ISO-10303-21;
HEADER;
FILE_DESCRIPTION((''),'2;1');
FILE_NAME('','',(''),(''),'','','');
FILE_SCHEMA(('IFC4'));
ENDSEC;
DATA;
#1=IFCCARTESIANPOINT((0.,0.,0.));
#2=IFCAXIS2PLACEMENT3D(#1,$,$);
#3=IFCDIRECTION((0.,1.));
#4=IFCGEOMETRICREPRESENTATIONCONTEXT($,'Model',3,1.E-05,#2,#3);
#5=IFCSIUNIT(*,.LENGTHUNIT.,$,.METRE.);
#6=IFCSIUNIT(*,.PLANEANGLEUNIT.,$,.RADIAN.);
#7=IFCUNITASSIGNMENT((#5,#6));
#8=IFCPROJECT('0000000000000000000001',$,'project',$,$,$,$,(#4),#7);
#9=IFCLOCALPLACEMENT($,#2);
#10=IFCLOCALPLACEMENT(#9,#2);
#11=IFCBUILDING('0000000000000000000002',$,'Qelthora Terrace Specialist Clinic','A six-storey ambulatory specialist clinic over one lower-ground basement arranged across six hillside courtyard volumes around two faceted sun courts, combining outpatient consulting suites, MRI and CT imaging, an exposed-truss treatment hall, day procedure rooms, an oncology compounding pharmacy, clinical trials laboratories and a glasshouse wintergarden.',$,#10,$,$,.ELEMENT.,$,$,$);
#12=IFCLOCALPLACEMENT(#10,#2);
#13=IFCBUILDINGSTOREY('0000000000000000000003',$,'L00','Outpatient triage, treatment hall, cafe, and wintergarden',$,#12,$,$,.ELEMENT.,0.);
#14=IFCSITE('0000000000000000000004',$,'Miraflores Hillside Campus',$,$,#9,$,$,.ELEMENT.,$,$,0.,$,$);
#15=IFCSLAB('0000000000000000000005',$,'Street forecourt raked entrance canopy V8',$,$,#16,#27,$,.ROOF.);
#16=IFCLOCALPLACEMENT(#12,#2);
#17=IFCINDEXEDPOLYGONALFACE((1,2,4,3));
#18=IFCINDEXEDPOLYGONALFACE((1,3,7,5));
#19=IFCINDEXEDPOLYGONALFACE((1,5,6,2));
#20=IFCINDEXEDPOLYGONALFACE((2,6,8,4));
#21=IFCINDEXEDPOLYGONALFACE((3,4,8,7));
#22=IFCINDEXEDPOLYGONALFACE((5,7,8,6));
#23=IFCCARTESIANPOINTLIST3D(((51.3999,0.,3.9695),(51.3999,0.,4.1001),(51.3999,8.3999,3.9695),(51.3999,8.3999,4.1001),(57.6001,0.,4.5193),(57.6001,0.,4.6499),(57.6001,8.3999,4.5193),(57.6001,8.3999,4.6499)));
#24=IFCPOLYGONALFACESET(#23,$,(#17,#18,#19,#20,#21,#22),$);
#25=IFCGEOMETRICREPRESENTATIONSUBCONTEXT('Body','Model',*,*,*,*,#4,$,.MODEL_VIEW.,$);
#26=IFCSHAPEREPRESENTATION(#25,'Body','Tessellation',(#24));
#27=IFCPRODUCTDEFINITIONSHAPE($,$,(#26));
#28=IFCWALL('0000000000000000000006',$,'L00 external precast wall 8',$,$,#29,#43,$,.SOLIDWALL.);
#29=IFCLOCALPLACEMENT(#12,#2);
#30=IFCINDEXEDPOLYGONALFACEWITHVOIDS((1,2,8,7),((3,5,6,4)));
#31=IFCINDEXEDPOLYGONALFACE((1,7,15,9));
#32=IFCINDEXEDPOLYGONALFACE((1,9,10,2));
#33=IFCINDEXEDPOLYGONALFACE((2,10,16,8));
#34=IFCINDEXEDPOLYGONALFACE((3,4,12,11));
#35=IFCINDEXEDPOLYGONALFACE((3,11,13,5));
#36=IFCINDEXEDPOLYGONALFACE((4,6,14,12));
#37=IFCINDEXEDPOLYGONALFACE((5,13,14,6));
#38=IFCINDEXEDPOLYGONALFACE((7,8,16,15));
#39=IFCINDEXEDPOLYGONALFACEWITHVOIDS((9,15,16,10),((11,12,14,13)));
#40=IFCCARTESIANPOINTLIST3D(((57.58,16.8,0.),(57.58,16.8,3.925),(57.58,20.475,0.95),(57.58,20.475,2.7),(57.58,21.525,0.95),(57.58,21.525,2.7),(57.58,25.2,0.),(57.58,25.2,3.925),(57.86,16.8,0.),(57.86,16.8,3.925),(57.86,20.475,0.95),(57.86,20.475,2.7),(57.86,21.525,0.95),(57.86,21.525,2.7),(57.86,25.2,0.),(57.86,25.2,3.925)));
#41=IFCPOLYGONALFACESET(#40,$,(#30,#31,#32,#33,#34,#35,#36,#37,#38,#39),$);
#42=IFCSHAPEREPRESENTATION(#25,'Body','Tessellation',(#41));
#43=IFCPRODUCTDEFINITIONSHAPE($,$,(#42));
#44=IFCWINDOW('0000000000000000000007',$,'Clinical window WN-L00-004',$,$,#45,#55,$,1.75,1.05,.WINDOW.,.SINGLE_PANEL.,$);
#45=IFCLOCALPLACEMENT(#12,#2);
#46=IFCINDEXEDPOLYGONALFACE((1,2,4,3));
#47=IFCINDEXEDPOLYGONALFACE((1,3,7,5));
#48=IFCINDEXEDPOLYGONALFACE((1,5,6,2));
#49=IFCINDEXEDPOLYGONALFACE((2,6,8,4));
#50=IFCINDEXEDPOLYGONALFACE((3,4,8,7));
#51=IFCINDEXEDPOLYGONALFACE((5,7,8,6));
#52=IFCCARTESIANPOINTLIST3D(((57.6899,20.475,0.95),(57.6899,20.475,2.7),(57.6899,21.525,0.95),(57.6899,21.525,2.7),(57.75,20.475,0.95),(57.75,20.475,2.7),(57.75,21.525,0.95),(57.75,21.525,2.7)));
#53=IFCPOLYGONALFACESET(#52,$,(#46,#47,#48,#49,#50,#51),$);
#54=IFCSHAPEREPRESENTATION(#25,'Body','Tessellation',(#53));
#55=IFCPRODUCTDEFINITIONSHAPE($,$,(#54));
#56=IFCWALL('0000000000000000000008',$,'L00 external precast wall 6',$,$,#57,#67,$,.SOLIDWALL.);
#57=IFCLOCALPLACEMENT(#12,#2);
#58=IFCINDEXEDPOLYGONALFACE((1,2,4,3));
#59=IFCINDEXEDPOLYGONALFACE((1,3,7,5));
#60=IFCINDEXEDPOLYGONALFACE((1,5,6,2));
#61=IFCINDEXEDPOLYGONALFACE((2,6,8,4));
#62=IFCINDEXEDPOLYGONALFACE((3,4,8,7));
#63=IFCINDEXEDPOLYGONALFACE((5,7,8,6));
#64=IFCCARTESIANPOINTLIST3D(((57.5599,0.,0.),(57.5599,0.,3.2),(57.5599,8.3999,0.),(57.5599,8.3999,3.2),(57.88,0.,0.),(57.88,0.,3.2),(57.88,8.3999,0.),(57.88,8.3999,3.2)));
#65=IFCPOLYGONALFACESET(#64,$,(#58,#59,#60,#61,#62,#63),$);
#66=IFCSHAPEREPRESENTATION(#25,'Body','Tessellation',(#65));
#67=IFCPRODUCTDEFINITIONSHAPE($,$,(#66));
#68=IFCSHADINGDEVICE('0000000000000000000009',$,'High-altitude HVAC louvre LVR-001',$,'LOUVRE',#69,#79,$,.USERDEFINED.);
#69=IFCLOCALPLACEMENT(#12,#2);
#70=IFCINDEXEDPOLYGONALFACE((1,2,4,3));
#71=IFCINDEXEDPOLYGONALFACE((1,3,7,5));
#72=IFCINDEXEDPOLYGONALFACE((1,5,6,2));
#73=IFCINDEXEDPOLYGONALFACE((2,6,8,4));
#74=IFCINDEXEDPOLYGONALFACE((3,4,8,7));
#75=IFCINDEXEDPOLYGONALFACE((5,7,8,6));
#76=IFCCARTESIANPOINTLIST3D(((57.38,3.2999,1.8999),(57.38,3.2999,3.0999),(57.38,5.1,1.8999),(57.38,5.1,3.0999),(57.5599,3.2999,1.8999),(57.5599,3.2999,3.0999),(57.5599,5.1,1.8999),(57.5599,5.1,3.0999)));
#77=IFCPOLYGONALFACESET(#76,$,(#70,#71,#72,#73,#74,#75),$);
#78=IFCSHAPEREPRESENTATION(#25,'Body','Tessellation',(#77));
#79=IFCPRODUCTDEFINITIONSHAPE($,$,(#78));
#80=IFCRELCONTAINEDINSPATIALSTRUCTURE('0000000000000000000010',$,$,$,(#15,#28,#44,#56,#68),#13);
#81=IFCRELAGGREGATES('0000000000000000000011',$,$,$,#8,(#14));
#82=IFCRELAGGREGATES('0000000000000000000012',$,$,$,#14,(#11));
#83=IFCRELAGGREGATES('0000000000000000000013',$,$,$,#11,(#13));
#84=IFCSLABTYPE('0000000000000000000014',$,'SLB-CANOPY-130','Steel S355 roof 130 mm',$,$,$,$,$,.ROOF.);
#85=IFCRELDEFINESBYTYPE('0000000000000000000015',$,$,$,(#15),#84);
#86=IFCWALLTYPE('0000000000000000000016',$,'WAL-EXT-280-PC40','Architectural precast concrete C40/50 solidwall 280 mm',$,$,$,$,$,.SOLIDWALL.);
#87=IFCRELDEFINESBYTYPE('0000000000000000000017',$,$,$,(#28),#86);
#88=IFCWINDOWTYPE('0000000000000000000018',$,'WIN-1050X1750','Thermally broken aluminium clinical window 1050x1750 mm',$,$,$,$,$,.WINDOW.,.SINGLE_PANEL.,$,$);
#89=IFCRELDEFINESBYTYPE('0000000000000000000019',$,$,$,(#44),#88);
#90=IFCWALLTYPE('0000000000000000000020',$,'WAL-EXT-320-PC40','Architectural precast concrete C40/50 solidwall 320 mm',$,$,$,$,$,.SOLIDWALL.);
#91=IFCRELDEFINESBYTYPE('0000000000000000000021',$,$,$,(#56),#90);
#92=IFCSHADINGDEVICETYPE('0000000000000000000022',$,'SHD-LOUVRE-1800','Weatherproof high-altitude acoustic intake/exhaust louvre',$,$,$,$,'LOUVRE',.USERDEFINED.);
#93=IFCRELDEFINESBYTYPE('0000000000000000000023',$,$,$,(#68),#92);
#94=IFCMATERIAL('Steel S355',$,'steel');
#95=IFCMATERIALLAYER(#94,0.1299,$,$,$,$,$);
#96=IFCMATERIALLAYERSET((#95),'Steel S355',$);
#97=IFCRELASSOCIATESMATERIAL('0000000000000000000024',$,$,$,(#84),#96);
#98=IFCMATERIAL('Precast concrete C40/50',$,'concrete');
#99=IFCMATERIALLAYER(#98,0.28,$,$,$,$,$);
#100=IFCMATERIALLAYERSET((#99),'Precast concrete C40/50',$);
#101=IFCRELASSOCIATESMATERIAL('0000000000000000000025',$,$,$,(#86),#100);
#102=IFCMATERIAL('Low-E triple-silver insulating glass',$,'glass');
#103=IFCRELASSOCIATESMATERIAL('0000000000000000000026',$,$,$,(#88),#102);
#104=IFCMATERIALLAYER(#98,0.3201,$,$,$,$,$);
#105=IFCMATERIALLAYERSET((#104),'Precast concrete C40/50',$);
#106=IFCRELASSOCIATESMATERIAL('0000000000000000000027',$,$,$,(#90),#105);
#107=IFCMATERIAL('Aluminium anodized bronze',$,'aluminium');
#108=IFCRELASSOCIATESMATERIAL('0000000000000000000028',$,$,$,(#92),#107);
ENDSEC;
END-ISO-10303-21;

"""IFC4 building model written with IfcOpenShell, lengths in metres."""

from ifc_helpers import new_model, si_unit, direction, frame, frame_2d, origin, origin_2d, place, context, subcontext, project, spatial, polyline, rectangle, outline, extrude, material, layer, layer_set, type_object, element, fill, save


model = new_model("IFC4")

# Units and contexts
model_context = context("Model", 3, precision=1e-05, world=origin(), true_north=direction((0.0, 1.0)))
body_context = subcontext(model_context, "Body", "Model", "MODEL_VIEW")
ifc_project = project(units=[si_unit("LENGTHUNIT", "METRE"), si_unit("PLANEANGLEUNIT", "RADIAN")], contexts=[model_context])

# Site, building, storey
site_placement = place(None, origin())
site = spatial("IfcSite", under=ifc_project, at=site_placement, Name="Miraflores Hillside Campus", CompositionType="ELEMENT", RefElevation=0.0)
building_placement = place(site_placement, origin())
building = spatial("IfcBuilding", under=site, at=building_placement, Name="Qelthora Terrace Specialist Clinic", Description="A six-storey ambulatory specialist clinic over one lower-ground basement arranged across six hillside courtyard volumes around two faceted sun courts, combining outpatient consulting suites, MRI and CT imaging, an exposed-truss treatment hall, day procedure rooms, an oncology compounding pharmacy, clinical trials laboratories and a glasshouse wintergarden.", CompositionType="ELEMENT")
storey_placement = place(building_placement, origin())
storey = spatial("IfcBuildingStorey", under=building, at=storey_placement, Name="L00", Description="Outpatient triage, treatment hall, cafe, and wintergarden", CompositionType="ELEMENT", Elevation=0.0)

# Shared definitions
ifc_material_1 = material(Name="Steel S355", Category="steel")

# Slab
ifc_layer_1 = layer(ifc_material_1, 0.1299)
ifc_layer_set_1 = layer_set([ifc_layer_1], Name="Steel S355")
slab_type = type_object("IfcSlabType", Name="SLB-CANOPY-130", Description="Steel S355 roof 130 mm", PredefinedType="ROOF", material=ifc_layer_set_1)
slab_placement = place(storey_placement, frame((51.3999, 0.0, 3.9695), z_axis=(-0.088329, 0.0, 0.996091), x_axis=(0.996091, 0.0, 0.088329)))
element("IfcSlab", 1, at=slab_placement, inside=storey, type_object=slab_type, Name="Street forecourt raked entrance canopy V8", PredefinedType="ROOF", context=body_context, shape_type="SweptSolid", body=[
    extrude(outline(polyline([(0.0, 0.0), (6.2245, 0.0), (6.2245, 8.3999), (0.0, 8.3999), (0.0, 0.0)])), origin(), (0.088329, 0.0, 0.996091), 0.1306),
])

# Wall, opening, window
ifc_material_2 = material(Name="Precast concrete C40/50", Category="concrete")
ifc_layer_2 = layer(ifc_material_2, 0.28)
ifc_layer_set_2 = layer_set([ifc_layer_2], Name="Precast concrete C40/50")
wall_type_1 = type_object("IfcWallType", Name="WAL-EXT-280-PC40", Description="Architectural precast concrete C40/50 solidwall 280 mm", PredefinedType="SOLIDWALL", material=ifc_layer_set_2)
wall_1_placement = place(storey_placement, frame((57.72, 16.8, 0.0), z_axis=(0.0, 0.0, 1.0), x_axis=(0.0, 1.0, 0.0)))
wall_1 = element("IfcWall", 2, at=wall_1_placement, inside=storey, type_object=wall_type_1, Name="L00 external precast wall 8", PredefinedType="SOLIDWALL", context=body_context, shape_type="SweptSolid", body=[
    extrude(rectangle(XDim=8.3999, YDim=0.28, at=frame_2d((4.2, 0.0))), origin(), (0.0, 0.0, 1.0), 3.925),
])
opening_1_placement = place(wall_1_placement, frame((3.675, 0.0, 0.95)))
opening_1 = element("IfcOpeningElement", 3, at=opening_1_placement, cuts=wall_1, PredefinedType="OPENING", context=body_context, shape_type="SweptSolid", body=[
    extrude(rectangle(XDim=1.05, YDim=1.75, at=frame_2d((0.5249, 0.875))), frame((0.0, 0.1499, 0.0), z_axis=(0.0, -1.0, 0.0), x_axis=(1.0, 0.0, 0.0)), (0.0, 0.0, 1.0), 0.3),
])
ifc_material_3 = material(Name="Low-E triple-silver insulating glass", Category="glass")
window_type = type_object("IfcWindowType", Name="WIN-1050X1750", Description="Thermally broken aluminium clinical window 1050x1750 mm", PartitioningType="SINGLE_PANEL", PredefinedType="WINDOW", material=ifc_material_3)
window_placement = place(opening_1_placement, origin())
window = element("IfcWindow", 4, at=window_placement, inside=storey, type_object=window_type, Name="Clinical window WN-L00-004", OverallHeight=1.75, OverallWidth=1.05, PartitioningType="SINGLE_PANEL", PredefinedType="WINDOW", context=body_context, shape_type="SweptSolid", body=[
    extrude(rectangle(XDim=1.05, YDim=1.75, at=frame_2d((0.5249, 0.875))), frame((0.0, 0.03, 0.0), z_axis=(0.0, -1.0, 0.0), x_axis=(1.0, 0.0, 0.0)), (0.0, 0.0, 1.0), 0.0601),
])
fill(opening_1, window)

# Shared definitions
ifc_layer_3 = layer(ifc_material_2, 0.3201)
ifc_layer_set_3 = layer_set([ifc_layer_3], Name="Precast concrete C40/50")
wall_type_2 = type_object("IfcWallType", Name="WAL-EXT-320-PC40", Description="Architectural precast concrete C40/50 solidwall 320 mm", PredefinedType="SOLIDWALL", material=ifc_layer_set_3)

# Wall
wall_2_placement = place(storey_placement, frame((57.72, 0.0, 0.0), z_axis=(0.0, 0.0, 1.0), x_axis=(0.0, 1.0, 0.0)))
element("IfcWall", 5, at=wall_2_placement, inside=storey, type_object=wall_type_2, Name="L00 external precast wall 6", PredefinedType="SOLIDWALL", context=body_context, shape_type="SweptSolid", body=[
    extrude(rectangle(XDim=8.3999, YDim=0.3201, at=frame_2d((4.2, 0.0))), origin(), (0.0, 0.0, 1.0), 3.2),
])

# Shading device
ifc_material_4 = material(Name="Aluminium anodized bronze", Category="aluminium")
shading_device_type = type_object("IfcShadingDeviceType", Name="SHD-LOUVRE-1800", Description="Weatherproof high-altitude acoustic intake/exhaust louvre", ElementType="LOUVRE", PredefinedType="USERDEFINED", material=ifc_material_4)
shading_device_placement = place(storey_placement, frame((57.47, 4.2, 1.8999), z_axis=(0.0, 0.0, 1.0), x_axis=(0.0, 1.0, 0.0)))
element("IfcShadingDevice", 6, at=shading_device_placement, inside=storey, type_object=shading_device_type, Name="High-altitude HVAC louvre LVR-001", ObjectType="LOUVRE", PredefinedType="USERDEFINED", context=body_context, shape_type="SweptSolid", body=[
    extrude(rectangle(XDim=1.8, YDim=0.1799, at=origin_2d()), origin(), (0.0, 0.0, 1.0), 1.2),
])

save(model, "model.ifc")
